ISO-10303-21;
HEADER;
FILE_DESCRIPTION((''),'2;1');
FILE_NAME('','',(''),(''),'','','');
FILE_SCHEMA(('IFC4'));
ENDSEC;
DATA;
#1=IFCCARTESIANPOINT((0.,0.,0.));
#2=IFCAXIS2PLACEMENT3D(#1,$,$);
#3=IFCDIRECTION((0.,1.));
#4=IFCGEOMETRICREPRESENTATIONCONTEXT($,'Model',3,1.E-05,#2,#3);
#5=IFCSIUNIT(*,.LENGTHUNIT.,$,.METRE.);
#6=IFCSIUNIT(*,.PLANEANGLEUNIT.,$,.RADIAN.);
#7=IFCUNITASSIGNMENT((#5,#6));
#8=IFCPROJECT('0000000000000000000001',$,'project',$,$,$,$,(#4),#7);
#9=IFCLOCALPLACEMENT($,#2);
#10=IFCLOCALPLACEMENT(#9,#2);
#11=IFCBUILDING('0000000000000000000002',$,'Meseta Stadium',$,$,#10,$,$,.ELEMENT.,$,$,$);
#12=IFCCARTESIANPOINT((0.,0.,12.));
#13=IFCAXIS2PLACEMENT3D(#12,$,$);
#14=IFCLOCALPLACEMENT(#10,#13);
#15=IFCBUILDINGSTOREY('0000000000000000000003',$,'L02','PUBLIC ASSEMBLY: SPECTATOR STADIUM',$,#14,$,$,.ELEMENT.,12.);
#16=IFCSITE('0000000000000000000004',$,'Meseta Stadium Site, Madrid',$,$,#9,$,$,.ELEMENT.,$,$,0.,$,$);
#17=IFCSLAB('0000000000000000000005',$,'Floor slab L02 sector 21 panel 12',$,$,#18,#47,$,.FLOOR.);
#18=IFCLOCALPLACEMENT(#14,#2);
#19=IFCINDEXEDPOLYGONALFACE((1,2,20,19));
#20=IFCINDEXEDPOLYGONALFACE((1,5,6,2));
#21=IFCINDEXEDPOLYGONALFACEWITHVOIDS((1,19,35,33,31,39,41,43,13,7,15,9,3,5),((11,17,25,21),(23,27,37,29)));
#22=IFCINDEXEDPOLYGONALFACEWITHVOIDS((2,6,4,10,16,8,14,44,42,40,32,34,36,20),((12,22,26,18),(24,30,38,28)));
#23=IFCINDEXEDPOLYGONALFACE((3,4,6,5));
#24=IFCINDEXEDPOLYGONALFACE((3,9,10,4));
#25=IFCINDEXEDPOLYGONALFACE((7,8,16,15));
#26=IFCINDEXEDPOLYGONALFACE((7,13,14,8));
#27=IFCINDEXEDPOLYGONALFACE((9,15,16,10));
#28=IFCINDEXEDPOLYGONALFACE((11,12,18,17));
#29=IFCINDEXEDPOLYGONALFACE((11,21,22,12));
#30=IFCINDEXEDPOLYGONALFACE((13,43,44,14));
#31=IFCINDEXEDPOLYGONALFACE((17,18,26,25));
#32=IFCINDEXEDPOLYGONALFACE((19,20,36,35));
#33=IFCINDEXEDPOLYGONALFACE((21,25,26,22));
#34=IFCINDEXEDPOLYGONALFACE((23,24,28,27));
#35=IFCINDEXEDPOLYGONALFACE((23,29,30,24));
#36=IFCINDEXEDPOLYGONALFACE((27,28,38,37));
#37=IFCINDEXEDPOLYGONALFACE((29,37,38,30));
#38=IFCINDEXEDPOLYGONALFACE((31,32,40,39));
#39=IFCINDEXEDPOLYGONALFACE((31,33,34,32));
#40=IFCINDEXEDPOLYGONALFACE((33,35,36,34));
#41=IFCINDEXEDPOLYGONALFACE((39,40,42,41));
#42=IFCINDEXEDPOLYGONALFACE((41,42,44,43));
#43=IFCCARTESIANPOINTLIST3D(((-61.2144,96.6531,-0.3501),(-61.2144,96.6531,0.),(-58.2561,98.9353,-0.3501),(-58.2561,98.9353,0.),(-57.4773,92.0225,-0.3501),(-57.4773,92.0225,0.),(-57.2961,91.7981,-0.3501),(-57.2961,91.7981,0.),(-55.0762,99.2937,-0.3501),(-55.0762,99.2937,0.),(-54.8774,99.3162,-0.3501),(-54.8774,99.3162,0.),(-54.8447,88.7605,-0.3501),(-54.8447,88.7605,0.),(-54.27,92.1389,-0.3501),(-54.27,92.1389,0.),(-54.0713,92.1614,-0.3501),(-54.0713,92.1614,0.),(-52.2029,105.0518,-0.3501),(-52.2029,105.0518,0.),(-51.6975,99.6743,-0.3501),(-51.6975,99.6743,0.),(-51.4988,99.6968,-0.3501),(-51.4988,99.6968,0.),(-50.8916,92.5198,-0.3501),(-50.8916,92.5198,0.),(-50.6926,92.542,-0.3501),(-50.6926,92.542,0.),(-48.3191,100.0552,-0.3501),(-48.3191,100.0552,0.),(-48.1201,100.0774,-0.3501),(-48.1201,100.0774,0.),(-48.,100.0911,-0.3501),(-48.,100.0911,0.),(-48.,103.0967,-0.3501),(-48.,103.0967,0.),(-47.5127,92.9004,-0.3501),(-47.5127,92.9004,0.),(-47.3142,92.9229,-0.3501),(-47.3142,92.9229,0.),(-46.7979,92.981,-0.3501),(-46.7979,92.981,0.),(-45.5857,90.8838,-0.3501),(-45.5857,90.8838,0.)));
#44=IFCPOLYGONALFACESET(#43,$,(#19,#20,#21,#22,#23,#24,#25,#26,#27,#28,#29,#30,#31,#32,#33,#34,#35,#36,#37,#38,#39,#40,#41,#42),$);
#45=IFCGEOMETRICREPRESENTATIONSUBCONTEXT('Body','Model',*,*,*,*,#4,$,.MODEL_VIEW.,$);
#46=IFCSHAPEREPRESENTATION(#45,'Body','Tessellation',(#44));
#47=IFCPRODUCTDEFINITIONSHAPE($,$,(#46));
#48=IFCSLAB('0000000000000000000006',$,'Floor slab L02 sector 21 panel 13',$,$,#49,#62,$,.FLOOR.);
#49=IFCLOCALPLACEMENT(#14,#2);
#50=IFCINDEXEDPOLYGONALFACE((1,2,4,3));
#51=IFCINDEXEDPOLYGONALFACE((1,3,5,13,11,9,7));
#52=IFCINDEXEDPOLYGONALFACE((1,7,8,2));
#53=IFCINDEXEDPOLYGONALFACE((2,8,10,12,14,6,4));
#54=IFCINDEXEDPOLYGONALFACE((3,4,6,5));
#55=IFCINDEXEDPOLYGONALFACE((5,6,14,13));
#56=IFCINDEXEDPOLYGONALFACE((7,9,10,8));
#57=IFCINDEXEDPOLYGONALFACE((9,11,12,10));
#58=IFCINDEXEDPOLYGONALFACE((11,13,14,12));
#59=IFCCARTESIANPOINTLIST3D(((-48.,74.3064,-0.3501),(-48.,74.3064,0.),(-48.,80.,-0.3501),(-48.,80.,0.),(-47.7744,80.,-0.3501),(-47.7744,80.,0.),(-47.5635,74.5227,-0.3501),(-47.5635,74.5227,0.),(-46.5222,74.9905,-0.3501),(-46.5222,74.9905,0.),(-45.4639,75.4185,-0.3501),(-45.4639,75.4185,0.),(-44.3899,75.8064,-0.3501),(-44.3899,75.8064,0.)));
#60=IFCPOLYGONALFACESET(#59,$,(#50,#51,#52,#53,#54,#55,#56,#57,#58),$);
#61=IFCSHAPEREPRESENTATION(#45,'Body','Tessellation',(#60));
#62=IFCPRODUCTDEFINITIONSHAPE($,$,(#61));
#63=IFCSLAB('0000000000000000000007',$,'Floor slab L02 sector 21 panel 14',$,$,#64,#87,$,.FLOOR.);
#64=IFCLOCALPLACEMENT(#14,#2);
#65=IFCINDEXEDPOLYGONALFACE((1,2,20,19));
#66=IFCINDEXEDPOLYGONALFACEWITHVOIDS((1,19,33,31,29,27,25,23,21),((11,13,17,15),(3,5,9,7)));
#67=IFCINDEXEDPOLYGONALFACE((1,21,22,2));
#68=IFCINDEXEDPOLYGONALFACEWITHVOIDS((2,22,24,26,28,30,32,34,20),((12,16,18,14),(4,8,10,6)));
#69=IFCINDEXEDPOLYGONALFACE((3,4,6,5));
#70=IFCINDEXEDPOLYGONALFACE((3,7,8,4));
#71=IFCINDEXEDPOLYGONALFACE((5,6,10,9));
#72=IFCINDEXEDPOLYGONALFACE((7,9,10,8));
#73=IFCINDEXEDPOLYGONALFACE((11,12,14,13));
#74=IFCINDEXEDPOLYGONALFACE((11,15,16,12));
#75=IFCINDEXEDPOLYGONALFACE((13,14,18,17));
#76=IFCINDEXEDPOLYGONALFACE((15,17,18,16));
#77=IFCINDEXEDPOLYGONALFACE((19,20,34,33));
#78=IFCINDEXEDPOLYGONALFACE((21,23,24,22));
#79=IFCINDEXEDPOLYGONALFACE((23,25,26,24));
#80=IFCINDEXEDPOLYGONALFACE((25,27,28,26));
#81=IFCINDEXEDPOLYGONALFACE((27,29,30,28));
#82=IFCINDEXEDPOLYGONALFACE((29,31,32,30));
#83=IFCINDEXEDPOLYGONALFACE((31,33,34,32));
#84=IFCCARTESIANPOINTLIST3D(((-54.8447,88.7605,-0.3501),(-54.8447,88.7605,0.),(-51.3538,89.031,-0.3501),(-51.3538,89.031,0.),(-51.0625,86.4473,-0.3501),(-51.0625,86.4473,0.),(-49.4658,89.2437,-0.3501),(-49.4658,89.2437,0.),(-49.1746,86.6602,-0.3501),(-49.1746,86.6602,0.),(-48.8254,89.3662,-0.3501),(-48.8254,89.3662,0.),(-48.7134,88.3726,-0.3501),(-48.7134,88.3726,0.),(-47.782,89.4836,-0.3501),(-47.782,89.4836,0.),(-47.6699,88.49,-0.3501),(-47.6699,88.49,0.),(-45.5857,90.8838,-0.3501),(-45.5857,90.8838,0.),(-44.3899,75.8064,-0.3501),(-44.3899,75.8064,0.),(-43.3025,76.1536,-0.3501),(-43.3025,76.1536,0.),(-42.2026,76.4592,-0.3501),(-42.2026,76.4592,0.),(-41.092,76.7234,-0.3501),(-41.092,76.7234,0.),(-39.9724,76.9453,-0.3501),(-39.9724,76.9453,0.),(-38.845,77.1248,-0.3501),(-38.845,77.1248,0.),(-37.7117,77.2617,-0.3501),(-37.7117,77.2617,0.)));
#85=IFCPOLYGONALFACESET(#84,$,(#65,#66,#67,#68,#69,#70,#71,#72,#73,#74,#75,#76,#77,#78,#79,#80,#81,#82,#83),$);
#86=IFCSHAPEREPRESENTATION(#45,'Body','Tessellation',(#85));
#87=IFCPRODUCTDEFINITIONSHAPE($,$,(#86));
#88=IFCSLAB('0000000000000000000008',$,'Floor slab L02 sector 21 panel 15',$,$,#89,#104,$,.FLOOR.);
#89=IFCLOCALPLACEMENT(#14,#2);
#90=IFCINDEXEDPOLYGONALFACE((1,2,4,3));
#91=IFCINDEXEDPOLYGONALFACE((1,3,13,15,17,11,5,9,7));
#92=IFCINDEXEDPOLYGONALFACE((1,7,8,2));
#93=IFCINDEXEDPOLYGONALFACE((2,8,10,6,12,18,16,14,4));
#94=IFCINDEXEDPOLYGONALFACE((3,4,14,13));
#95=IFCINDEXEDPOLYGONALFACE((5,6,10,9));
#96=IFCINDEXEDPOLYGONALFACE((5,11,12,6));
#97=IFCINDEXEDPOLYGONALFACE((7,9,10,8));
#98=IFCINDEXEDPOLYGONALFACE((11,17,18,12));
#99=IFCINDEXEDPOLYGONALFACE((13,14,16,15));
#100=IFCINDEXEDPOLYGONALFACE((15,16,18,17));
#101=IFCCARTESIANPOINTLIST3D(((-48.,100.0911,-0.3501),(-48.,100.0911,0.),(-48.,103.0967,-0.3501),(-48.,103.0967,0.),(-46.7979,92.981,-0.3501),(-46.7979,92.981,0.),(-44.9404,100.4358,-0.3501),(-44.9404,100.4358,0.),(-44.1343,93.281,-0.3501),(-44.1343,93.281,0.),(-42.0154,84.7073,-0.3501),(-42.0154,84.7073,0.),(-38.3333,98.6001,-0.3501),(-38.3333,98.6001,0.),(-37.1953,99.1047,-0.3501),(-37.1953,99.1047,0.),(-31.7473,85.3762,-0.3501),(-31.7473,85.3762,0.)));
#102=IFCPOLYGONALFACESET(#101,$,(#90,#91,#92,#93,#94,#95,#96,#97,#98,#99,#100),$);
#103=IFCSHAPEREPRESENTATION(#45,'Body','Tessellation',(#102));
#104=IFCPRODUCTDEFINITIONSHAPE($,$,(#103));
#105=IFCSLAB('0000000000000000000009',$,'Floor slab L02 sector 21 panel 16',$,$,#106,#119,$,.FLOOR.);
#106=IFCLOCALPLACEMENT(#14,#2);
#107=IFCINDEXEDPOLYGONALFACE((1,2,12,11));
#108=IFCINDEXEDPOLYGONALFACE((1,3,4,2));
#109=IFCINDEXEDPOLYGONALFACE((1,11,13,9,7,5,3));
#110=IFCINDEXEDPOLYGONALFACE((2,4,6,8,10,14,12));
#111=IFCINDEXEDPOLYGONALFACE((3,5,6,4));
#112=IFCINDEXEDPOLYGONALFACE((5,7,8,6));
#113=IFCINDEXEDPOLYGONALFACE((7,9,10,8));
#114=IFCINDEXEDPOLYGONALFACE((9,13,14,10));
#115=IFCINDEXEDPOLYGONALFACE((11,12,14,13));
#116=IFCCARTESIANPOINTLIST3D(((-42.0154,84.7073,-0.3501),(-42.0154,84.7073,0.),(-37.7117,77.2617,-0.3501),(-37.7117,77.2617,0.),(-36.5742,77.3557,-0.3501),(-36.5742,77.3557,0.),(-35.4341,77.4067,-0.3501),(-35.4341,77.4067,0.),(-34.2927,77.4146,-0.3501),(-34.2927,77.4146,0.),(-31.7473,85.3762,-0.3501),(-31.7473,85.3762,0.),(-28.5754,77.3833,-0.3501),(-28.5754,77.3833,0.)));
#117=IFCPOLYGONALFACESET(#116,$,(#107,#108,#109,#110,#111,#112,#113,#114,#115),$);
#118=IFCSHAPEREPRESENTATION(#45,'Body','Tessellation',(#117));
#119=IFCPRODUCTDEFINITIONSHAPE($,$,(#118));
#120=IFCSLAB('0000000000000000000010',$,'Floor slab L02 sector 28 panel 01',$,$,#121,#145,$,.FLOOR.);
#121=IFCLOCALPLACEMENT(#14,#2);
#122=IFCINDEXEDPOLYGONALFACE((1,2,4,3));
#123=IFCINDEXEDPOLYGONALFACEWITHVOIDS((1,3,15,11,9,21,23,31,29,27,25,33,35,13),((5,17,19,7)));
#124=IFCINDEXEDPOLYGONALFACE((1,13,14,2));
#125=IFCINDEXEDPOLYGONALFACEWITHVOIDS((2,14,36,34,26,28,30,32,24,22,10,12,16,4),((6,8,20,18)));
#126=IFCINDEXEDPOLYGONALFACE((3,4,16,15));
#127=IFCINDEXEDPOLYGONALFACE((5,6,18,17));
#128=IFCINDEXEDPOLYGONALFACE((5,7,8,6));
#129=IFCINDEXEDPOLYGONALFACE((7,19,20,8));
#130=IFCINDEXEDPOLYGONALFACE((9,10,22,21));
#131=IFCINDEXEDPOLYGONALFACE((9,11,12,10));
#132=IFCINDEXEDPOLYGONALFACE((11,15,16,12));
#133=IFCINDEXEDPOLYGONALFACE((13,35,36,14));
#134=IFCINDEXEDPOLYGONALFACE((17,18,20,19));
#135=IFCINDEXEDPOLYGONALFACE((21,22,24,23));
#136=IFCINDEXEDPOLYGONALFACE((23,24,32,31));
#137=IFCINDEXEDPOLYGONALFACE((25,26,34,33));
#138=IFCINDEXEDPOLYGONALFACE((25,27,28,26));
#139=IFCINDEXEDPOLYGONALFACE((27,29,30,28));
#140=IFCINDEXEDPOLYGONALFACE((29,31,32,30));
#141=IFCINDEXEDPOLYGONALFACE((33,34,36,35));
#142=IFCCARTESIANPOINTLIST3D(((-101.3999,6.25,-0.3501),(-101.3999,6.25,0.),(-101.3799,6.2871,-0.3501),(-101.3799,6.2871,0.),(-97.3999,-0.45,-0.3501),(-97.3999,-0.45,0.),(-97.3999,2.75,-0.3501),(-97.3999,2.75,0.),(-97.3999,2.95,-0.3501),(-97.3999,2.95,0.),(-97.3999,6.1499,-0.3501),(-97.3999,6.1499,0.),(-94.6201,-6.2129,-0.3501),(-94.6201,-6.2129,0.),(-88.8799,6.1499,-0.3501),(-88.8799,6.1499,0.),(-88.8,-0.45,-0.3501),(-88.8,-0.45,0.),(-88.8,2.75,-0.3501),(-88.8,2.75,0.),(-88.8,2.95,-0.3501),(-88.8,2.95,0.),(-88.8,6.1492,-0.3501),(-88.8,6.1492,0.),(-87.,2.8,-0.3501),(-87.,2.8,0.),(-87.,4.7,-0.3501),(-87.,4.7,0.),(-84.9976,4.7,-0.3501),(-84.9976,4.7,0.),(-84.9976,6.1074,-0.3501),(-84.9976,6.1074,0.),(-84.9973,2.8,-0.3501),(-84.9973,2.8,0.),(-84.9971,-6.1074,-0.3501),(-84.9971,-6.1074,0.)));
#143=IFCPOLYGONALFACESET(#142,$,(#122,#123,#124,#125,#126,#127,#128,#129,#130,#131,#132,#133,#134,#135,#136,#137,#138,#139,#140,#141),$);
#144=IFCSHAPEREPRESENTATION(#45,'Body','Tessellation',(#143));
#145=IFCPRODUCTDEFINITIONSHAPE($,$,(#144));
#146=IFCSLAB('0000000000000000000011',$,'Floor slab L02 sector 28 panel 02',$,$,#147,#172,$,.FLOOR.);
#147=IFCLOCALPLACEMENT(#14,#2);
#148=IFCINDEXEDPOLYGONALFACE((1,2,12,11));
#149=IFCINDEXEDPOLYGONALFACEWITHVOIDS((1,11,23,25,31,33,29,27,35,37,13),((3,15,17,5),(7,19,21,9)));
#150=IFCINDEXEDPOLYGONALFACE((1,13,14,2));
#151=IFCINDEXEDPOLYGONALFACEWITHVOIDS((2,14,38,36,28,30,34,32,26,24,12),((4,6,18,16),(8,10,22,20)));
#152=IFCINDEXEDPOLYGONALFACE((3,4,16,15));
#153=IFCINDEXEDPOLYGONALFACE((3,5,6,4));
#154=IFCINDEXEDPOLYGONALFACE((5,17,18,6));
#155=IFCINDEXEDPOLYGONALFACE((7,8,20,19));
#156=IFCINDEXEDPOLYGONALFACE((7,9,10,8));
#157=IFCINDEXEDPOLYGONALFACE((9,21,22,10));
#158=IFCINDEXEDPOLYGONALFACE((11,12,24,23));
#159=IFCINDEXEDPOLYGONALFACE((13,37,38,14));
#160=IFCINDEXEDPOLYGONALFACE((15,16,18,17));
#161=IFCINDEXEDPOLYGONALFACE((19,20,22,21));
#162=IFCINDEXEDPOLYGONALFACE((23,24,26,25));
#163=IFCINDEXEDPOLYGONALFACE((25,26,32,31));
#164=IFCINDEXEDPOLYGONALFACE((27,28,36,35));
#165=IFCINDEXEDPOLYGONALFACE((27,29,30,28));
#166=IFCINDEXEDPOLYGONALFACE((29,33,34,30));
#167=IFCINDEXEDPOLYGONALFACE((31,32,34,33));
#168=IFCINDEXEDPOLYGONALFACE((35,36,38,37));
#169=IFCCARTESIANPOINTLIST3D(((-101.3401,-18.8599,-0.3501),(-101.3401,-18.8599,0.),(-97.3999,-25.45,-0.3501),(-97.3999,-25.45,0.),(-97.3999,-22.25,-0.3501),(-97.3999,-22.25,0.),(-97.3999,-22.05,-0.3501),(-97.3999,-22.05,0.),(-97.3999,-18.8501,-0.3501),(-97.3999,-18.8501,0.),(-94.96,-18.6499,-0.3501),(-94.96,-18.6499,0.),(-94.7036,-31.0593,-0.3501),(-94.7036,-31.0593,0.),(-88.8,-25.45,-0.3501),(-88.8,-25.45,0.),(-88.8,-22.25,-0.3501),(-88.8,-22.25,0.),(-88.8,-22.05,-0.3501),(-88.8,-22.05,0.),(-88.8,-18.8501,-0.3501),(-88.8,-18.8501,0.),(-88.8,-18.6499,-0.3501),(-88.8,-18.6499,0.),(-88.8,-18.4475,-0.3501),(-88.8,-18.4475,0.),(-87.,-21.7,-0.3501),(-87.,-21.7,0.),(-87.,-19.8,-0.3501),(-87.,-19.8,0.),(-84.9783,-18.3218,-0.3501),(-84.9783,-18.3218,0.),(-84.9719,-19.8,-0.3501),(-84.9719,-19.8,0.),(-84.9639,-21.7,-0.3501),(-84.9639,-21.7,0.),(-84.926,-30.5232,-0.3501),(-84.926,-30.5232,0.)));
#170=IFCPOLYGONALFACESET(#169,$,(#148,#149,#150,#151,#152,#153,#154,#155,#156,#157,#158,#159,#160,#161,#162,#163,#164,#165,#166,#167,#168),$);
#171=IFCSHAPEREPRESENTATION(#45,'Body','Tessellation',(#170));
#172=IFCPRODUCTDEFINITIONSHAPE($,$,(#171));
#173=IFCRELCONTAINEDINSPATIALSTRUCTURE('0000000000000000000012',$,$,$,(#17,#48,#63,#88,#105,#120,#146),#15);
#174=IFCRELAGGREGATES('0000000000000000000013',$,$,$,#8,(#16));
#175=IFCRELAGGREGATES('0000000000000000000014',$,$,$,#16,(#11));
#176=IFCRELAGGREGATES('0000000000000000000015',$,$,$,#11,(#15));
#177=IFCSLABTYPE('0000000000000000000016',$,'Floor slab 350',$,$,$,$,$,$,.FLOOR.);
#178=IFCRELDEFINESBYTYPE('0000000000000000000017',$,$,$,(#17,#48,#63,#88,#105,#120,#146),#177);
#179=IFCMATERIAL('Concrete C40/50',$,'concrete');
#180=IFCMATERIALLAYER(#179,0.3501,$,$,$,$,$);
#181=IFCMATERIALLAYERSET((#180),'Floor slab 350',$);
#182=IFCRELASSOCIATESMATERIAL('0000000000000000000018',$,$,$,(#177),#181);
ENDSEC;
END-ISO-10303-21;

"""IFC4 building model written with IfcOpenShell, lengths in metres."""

from ifc_helpers import new_model, si_unit, direction, frame, origin, place, context, subcontext, project, spatial, polyline, outline, extrude, material, layer, layer_set, type_object, element, save


model = new_model("IFC4")

# Units and contexts
model_context = context("Model", 3, precision=1e-05, world=origin(), true_north=direction((0.0, 1.0)))
body_context = subcontext(model_context, "Body", "Model", "MODEL_VIEW")
ifc_project = project(units=[si_unit("LENGTHUNIT", "METRE"), si_unit("PLANEANGLEUNIT", "RADIAN")], contexts=[model_context])

# Site, building, storey
site_placement = place(None, origin())
site = spatial("IfcSite", under=ifc_project, at=site_placement, Name="Meseta Stadium Site, Madrid", CompositionType="ELEMENT", RefElevation=0.0)
building_placement = place(site_placement, origin())
building = spatial("IfcBuilding", under=site, at=building_placement, Name="Meseta Stadium", CompositionType="ELEMENT")
storey_placement = place(building_placement, frame((0.0, 0.0, 12.0)))
storey = spatial("IfcBuildingStorey", under=building, at=storey_placement, Name="L02", Description="PUBLIC ASSEMBLY: SPECTATOR STADIUM", CompositionType="ELEMENT", Elevation=12.0)

# Slabs
ifc_material = material(Name="Concrete C40/50", Category="concrete")
ifc_layer = layer(ifc_material, 0.3501)
ifc_layer_set = layer_set([ifc_layer], Name="Floor slab 350")
slab_type = type_object("IfcSlabType", Name="Floor slab 350", PredefinedType="FLOOR", material=ifc_layer_set)
slab_1_placement = place(storey_placement, frame((0.0, 0.0, -0.3501)))
element("IfcSlab", 1, at=slab_1_placement, inside=storey, type_object=slab_type, Name="Floor slab L02 sector 21 panel 12", PredefinedType="FLOOR", context=body_context, shape_type="SweptSolid", body=[
    extrude(outline(polyline([(-46.7979, 92.981), (-47.3142, 92.9229), (-48.1201, 100.0774), (-48.0, 100.0911), (-48.0, 103.0967), (-52.2029, 105.0518), (-61.2144, 96.6531), (-57.4773, 92.0225), (-58.2561, 98.9353), (-55.0762, 99.2937), (-54.27, 92.1389), (-57.2961, 91.7981), (-54.8447, 88.7605), (-45.5857, 90.8838), (-46.7979, 92.981)]), holes=[polyline([(-50.6926, 92.542), (-51.4988, 99.6968), (-48.3191, 100.0552), (-47.5127, 92.9004), (-50.6926, 92.542)]), polyline([(-54.8774, 99.3162), (-51.6975, 99.6743), (-50.8916, 92.5198), (-54.0713, 92.1614), (-54.8774, 99.3162)])]), origin(), (0.0, 0.0, 1.0), 0.3501),
])
slab_2_placement = place(storey_placement, frame((0.0, 0.0, -0.3501)))
element("IfcSlab", 2, at=slab_2_placement, inside=storey, type_object=slab_type, Name="Floor slab L02 sector 21 panel 13", PredefinedType="FLOOR", context=body_context, shape_type="SweptSolid", body=[
    extrude(outline(polyline([(-46.5222, 74.9905), (-45.4639, 75.4185), (-44.3899, 75.8064), (-47.7744, 80.0), (-48.0, 80.0), (-48.0, 74.3064), (-47.5635, 74.5227), (-46.5222, 74.9905)])), origin(), (0.0, 0.0, 1.0), 0.3501),
])
slab_3_placement = place(storey_placement, frame((0.0, 0.0, -0.3501)))
element("IfcSlab", 3, at=slab_3_placement, inside=storey, type_object=slab_type, Name="Floor slab L02 sector 21 panel 14", PredefinedType="FLOOR", context=body_context, shape_type="SweptSolid", body=[
    extrude(outline(polyline([(-37.7117, 77.2617), (-45.5857, 90.8838), (-54.8447, 88.7605), (-44.3899, 75.8064), (-43.3025, 76.1536), (-42.2026, 76.4592), (-41.092, 76.7234), (-39.9724, 76.9453), (-38.845, 77.1248), (-37.7117, 77.2617)]), holes=[polyline([(-48.7134, 88.3726), (-48.8254, 89.3662), (-47.782, 89.4836), (-47.6699, 88.49), (-48.7134, 88.3726)]), polyline([(-49.1746, 86.6602), (-51.0625, 86.4473), (-51.3538, 89.031), (-49.4658, 89.2437), (-49.1746, 86.6602)])]), origin(), (0.0, 0.0, 1.0), 0.3501),
])
slab_4_placement = place(storey_placement, frame((0.0, 0.0, -0.3501)))
element("IfcSlab", 4, at=slab_4_placement, inside=storey, type_object=slab_type, Name="Floor slab L02 sector 21 panel 15", PredefinedType="FLOOR", context=body_context, shape_type="SweptSolid", body=[
    extrude(outline(polyline([(-31.7473, 85.3762), (-37.1953, 99.1047), (-38.3333, 98.6001), (-48.0, 103.0967), (-48.0, 100.0911), (-44.9404, 100.4358), (-44.1343, 93.281), (-46.7979, 92.981), (-42.0154, 84.7073), (-31.7473, 85.3762)])), origin(), (0.0, 0.0, 1.0), 0.3501),
])
slab_5_placement = place(storey_placement, frame((0.0, 0.0, -0.3501)))
element("IfcSlab", 5, at=slab_5_placement, inside=storey, type_object=slab_type, Name="Floor slab L02 sector 21 panel 16", PredefinedType="FLOOR", context=body_context, shape_type="SweptSolid", body=[
    extrude(outline(polyline([(-36.5742, 77.3557), (-35.4341, 77.4067), (-34.2927, 77.4146), (-28.5754, 77.3833), (-31.7473, 85.3762), (-42.0154, 84.7073), (-37.7117, 77.2617), (-36.5742, 77.3557)])), origin(), (0.0, 0.0, 1.0), 0.3501),
])
slab_6_placement = place(storey_placement, frame((0.0, 0.0, -0.3501)))
element("IfcSlab", 6, at=slab_6_placement, inside=storey, type_object=slab_type, Name="Floor slab L02 sector 28 panel 01", PredefinedType="FLOOR", context=body_context, shape_type="SweptSolid", body=[
    extrude(outline(polyline([(-88.8799, 6.1499), (-101.3799, 6.2871), (-101.3999, 6.25), (-94.6201, -6.2129), (-84.9971, -6.1074), (-84.9973, 2.8), (-87.0, 2.8), (-87.0, 4.7), (-84.9976, 4.7), (-84.9976, 6.1074), (-88.8, 6.1492), (-88.8, 2.95), (-97.3999, 2.95), (-97.3999, 6.1499), (-88.8799, 6.1499)]), holes=[polyline([(-88.8, 2.75), (-88.8, -0.45), (-97.3999, -0.45), (-97.3999, 2.75), (-88.8, 2.75)])]), origin(), (0.0, 0.0, 1.0), 0.3501),
])
slab_7_placement = place(storey_placement, frame((0.0, 0.0, -0.3501)))
element("IfcSlab", 7, at=slab_7_placement, inside=storey, type_object=slab_type, Name="Floor slab L02 sector 28 panel 02", PredefinedType="FLOOR", context=body_context, shape_type="SweptSolid", body=[
    extrude(outline(polyline([(-101.3401, -18.8599), (-94.7036, -31.0593), (-84.926, -30.5232), (-84.9639, -21.7), (-87.0, -21.7), (-87.0, -19.8), (-84.9719, -19.8), (-84.9783, -18.3218), (-88.8, -18.4475), (-88.8, -18.6499), (-94.96, -18.6499), (-101.3401, -18.8599)]), holes=[polyline([(-97.3999, -22.25), (-88.8, -22.25), (-88.8, -25.45), (-97.3999, -25.45), (-97.3999, -22.25)]), polyline([(-97.3999, -18.8501), (-88.8, -18.8501), (-88.8, -22.05), (-97.3999, -22.05), (-97.3999, -18.8501)])]), origin(), (0.0, 0.0, 1.0), 0.3501),
])

save(model, "model.ifc")
